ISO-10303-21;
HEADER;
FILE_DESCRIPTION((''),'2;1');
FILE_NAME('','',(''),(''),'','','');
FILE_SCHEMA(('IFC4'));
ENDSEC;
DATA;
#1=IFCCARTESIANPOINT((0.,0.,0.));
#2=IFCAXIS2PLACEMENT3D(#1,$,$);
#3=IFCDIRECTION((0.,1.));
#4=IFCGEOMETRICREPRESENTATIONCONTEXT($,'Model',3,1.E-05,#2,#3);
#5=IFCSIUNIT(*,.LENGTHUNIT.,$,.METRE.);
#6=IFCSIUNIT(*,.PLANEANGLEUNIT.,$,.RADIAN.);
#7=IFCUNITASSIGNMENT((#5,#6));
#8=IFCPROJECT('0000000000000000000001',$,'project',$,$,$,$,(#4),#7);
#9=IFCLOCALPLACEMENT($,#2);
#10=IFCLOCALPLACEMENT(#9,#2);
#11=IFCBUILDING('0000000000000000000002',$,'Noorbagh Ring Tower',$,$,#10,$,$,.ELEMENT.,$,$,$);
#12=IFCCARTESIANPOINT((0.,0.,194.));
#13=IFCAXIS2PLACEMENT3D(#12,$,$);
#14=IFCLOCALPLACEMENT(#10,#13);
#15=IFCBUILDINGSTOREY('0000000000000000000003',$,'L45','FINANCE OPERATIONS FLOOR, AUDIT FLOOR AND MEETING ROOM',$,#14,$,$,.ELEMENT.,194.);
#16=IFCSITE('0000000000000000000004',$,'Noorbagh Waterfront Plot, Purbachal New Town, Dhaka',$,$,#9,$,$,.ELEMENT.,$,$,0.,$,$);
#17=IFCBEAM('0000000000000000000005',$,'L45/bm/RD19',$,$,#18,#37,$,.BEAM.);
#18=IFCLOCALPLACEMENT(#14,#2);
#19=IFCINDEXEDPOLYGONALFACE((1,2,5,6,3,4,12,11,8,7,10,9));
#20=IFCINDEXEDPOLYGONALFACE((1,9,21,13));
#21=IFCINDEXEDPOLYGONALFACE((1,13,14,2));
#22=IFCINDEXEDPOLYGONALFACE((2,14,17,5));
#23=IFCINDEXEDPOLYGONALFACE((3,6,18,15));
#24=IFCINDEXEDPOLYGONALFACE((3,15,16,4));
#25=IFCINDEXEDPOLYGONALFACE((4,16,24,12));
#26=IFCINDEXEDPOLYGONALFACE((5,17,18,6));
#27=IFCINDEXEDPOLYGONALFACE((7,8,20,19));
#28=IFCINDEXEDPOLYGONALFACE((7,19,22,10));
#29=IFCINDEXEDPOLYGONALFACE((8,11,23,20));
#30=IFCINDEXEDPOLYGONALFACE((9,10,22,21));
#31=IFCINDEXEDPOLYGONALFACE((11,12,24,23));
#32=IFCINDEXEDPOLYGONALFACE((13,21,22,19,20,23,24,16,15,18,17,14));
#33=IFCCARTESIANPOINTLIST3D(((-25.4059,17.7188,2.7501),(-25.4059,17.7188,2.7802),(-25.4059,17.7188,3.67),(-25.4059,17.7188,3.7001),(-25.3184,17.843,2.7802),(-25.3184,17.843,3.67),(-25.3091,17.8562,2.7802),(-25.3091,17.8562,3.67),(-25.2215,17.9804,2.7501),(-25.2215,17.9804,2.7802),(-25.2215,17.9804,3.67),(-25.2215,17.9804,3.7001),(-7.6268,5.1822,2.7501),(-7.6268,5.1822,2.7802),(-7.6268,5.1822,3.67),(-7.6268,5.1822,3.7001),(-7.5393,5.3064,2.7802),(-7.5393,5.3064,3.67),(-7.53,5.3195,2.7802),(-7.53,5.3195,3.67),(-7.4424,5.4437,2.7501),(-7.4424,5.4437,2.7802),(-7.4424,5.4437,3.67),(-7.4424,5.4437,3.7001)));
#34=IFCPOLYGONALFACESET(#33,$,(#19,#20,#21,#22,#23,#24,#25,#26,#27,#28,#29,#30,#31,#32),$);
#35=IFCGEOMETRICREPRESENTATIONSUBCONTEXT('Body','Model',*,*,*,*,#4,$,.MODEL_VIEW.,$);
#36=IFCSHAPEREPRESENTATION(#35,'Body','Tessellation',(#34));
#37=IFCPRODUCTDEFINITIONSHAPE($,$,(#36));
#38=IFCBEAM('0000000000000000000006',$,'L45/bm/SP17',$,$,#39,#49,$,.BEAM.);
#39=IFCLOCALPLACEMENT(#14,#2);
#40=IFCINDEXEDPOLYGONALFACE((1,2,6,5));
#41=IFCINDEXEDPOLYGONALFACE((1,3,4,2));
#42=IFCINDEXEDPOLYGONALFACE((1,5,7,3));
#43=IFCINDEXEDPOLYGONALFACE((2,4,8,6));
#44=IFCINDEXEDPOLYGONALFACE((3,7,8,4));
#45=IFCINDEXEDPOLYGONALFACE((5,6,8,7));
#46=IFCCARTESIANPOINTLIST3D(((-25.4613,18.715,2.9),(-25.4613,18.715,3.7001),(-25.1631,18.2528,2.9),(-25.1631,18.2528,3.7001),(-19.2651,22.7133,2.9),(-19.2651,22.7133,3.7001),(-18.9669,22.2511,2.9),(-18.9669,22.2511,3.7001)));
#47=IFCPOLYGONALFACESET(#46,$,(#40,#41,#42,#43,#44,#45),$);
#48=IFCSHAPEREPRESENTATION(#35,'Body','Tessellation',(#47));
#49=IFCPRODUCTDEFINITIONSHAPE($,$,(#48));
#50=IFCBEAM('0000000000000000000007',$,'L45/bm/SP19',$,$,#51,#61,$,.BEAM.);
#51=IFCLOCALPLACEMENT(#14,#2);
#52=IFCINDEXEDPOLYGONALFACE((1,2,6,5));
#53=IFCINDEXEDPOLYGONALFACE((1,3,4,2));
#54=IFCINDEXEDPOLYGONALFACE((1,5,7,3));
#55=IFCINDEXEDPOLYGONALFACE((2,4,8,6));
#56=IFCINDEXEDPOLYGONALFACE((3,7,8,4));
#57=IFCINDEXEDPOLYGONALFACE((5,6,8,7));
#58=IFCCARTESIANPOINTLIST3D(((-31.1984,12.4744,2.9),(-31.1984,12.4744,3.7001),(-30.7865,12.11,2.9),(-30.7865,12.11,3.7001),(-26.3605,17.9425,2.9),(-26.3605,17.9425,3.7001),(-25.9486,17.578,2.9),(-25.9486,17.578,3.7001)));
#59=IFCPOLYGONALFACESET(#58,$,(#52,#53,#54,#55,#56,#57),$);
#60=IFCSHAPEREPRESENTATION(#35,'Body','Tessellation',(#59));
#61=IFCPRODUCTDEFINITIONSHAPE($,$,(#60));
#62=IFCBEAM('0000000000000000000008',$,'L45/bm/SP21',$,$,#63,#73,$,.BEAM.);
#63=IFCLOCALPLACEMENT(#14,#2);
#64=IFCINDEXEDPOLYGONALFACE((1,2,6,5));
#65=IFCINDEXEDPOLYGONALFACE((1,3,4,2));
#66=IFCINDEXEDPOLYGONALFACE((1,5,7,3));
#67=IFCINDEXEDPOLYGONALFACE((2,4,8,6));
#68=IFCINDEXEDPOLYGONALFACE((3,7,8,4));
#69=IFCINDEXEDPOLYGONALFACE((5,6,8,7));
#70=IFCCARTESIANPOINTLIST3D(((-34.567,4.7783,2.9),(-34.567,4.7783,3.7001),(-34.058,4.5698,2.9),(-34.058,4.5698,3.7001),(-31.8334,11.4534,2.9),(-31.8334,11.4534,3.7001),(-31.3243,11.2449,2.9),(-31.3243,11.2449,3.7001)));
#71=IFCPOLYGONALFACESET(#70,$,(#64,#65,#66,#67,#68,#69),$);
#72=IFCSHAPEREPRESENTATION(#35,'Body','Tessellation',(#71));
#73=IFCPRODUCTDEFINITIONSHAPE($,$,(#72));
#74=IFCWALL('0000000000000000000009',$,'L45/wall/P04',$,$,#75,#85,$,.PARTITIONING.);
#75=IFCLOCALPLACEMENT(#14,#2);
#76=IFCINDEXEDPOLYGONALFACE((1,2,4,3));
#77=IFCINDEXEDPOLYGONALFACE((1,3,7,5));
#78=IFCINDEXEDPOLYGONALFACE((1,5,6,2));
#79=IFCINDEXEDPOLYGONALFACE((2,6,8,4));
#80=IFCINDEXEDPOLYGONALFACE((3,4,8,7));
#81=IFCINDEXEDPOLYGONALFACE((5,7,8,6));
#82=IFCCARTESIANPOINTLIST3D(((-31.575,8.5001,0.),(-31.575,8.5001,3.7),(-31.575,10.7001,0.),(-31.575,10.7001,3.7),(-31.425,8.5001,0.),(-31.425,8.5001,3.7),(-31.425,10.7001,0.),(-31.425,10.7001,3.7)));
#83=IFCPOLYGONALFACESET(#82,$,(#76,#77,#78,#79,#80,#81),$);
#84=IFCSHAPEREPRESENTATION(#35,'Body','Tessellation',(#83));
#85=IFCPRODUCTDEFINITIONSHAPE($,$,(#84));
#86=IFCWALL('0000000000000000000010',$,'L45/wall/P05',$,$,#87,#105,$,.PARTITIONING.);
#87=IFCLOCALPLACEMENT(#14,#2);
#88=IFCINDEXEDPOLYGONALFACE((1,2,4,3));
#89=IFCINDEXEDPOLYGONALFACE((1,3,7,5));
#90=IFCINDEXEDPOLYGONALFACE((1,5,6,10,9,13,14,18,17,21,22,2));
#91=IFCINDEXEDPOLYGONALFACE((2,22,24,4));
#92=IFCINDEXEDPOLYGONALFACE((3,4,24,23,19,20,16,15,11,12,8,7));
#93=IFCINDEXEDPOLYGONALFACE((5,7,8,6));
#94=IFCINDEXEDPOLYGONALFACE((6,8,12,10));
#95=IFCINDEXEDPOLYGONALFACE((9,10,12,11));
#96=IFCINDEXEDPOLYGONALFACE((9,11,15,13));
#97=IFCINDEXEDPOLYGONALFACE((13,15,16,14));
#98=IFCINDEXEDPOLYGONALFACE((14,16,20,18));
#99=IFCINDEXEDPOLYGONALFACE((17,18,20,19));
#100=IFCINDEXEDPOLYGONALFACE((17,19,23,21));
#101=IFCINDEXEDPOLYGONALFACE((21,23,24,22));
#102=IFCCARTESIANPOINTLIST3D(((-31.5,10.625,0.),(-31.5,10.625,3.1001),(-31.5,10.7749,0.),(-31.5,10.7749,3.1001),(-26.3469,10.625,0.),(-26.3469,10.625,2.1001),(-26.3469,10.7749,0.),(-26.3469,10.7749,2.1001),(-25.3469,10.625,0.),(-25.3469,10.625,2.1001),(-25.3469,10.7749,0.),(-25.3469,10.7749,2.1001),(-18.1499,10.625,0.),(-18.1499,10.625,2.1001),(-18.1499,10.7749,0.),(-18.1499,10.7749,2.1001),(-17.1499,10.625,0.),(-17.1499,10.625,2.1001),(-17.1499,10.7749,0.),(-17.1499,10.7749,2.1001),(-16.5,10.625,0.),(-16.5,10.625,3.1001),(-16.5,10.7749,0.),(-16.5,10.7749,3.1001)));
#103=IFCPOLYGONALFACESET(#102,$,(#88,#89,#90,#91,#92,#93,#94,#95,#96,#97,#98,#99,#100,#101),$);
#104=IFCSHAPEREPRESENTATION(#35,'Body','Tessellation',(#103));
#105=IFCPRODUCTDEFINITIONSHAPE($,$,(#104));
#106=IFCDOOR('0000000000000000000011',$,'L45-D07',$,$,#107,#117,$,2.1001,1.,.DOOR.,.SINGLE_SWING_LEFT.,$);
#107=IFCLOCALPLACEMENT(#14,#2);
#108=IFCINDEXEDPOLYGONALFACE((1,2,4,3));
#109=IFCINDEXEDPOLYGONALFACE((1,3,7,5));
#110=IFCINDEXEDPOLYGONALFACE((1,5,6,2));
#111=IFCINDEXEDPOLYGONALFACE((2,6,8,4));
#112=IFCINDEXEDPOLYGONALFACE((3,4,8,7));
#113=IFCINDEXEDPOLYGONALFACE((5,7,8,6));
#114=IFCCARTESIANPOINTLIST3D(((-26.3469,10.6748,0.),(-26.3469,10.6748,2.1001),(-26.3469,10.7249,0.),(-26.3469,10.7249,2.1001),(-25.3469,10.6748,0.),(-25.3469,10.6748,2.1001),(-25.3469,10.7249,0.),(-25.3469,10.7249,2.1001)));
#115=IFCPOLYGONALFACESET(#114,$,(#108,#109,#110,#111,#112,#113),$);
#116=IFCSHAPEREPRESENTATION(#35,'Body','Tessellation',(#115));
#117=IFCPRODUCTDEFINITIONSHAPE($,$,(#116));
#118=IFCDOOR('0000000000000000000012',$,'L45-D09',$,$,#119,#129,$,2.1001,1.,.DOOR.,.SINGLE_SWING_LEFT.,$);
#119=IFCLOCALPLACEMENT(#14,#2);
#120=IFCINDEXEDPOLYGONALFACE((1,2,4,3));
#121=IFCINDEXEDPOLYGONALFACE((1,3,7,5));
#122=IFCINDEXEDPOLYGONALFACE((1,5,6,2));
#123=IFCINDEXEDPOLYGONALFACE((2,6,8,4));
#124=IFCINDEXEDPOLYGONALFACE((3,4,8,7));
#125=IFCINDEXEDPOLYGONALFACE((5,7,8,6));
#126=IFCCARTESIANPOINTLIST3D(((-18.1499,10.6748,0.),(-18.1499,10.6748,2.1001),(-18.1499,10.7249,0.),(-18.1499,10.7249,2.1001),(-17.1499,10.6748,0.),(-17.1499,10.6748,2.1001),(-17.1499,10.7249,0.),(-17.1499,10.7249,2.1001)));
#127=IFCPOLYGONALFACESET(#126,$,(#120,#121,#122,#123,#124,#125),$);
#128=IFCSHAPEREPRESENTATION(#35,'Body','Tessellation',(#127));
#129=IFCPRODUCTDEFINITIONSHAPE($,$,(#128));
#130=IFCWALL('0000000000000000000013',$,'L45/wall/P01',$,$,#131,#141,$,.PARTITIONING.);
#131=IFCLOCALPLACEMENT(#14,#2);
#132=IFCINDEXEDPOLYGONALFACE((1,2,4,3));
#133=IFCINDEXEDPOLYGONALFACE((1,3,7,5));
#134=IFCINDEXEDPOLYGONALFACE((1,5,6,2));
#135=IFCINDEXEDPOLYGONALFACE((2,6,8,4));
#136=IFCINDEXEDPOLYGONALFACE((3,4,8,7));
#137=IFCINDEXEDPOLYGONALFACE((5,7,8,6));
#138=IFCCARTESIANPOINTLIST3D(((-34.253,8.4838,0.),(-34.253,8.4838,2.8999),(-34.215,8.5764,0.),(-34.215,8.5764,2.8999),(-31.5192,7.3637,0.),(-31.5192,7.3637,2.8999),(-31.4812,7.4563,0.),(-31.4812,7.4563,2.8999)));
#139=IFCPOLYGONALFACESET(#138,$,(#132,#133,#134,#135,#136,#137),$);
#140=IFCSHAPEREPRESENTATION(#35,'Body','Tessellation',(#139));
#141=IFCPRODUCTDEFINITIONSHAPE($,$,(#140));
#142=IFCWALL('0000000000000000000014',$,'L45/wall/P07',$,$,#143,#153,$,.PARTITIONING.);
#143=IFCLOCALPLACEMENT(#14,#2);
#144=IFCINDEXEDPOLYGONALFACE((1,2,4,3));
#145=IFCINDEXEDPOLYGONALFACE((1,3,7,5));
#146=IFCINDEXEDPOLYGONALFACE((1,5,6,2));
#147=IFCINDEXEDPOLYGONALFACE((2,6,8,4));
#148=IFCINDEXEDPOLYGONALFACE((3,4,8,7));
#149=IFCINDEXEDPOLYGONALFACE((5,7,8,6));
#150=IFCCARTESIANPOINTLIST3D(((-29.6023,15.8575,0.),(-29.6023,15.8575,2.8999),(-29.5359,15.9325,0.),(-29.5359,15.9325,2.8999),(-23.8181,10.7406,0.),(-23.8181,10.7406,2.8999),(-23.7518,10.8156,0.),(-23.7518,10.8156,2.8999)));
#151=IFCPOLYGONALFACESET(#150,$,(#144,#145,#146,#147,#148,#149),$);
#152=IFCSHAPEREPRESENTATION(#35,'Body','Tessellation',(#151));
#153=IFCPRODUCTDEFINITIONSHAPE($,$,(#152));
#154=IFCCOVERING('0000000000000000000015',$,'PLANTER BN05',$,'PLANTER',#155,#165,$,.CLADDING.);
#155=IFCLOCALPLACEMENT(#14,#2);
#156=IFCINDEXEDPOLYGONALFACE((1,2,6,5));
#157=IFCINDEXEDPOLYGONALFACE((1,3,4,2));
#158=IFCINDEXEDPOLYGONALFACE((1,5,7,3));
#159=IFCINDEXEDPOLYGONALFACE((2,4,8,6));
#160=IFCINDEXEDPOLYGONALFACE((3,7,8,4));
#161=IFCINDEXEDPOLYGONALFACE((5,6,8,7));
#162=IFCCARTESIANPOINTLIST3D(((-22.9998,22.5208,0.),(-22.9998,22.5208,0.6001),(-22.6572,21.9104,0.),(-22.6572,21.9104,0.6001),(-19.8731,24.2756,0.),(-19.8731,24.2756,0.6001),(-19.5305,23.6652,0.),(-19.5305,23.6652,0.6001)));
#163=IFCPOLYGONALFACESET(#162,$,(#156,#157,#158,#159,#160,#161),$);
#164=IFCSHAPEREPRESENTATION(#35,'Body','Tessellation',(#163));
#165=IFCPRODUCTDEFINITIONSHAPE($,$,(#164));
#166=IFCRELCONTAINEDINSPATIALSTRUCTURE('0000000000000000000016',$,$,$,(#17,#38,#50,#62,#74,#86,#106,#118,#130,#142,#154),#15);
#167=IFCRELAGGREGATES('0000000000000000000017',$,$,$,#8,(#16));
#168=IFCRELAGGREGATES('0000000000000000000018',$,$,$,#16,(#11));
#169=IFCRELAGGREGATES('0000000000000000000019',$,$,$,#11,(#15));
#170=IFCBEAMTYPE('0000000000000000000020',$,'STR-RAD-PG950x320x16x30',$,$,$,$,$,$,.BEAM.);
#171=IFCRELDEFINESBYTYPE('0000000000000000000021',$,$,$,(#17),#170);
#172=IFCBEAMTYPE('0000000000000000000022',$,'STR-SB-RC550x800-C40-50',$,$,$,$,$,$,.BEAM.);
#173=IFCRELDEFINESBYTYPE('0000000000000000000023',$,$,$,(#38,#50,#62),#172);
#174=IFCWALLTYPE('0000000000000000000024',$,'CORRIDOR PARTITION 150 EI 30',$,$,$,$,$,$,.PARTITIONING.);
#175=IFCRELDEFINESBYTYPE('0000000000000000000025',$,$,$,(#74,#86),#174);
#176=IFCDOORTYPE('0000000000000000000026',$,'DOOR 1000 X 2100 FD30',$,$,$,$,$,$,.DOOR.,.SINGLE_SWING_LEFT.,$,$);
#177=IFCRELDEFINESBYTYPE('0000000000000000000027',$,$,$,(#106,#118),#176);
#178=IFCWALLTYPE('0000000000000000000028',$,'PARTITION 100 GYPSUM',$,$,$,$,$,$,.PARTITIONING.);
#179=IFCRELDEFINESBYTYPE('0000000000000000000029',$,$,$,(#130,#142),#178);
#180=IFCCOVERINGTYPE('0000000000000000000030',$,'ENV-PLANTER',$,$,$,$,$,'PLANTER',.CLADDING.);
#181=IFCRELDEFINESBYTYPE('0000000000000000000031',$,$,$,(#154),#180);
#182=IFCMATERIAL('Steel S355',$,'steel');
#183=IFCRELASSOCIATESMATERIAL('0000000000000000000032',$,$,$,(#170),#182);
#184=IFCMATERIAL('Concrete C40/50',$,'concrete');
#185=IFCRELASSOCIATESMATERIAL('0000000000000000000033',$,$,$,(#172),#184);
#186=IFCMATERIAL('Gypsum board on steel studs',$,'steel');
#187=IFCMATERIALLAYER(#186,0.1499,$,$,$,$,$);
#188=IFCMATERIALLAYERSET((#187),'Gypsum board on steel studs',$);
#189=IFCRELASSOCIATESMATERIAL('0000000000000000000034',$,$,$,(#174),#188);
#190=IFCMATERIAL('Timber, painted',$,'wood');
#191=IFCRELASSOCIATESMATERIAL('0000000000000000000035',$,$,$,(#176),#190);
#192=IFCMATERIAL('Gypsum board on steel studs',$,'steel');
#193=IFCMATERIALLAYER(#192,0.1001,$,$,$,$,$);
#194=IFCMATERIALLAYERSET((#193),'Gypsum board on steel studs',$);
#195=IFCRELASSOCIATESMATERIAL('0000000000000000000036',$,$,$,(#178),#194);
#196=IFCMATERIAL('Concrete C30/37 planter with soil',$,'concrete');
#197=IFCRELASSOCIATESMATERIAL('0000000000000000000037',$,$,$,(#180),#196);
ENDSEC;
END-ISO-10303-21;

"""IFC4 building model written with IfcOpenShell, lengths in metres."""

from ifc_helpers import new_model, si_unit, direction, frame, frame_2d, origin, origin_2d, place, context, subcontext, project, spatial, rectangle, i_section, extrude, material, layer, layer_set, material_profile, profile_set, type_object, element, fill, save


model = new_model("IFC4")

# Units and contexts
model_context = context("Model", 3, precision=1e-05, world=origin(), true_north=direction((0.0, 1.0)))
body_context = subcontext(model_context, "Body", "Model", "MODEL_VIEW")
ifc_project = project(units=[si_unit("LENGTHUNIT", "METRE"), si_unit("PLANEANGLEUNIT", "RADIAN")], contexts=[model_context])

# Site, building, storey
site_placement = place(None, origin())
site = spatial("IfcSite", under=ifc_project, at=site_placement, Name="Noorbagh Waterfront Plot, Purbachal New Town, Dhaka", CompositionType="ELEMENT", RefElevation=0.0)
building_placement = place(site_placement, origin())
building = spatial("IfcBuilding", under=site, at=building_placement, Name="Noorbagh Ring Tower", CompositionType="ELEMENT")
storey_placement = place(building_placement, frame((0.0, 0.0, 194.0)))
storey = spatial("IfcBuildingStorey", under=building, at=storey_placement, Name="L45", Description="FINANCE OPERATIONS FLOOR, AUDIT FLOOR AND MEETING ROOM", CompositionType="ELEMENT", Elevation=194.0)

# Beams
ifc_material_1 = material(Name="Steel S355", Category="steel")
ifc_material_profile_1 = material_profile(ifc_material_1, i_section(OverallWidth=0.3201, OverallDepth=0.95, WebThickness=0.0161, FlangeThickness=0.03, at=origin_2d()), Name="PG950x320x16x30")
ifc_profile_set_1 = profile_set([ifc_material_profile_1], Name="Steel S355")
beam_type_1 = type_object("IfcBeamType", Name="STR-RAD-PG950x320x16x30", PredefinedType="BEAM", material=ifc_profile_set_1)
beam_1_placement = place(storey_placement, frame((-25.3137, 17.8496, 3.2251), z_axis=(0.817256, -0.576275, 0.0), x_axis=(0.576275, 0.817256, 0.0)))
element("IfcBeam", 1, at=beam_1_placement, inside=storey, type_object=beam_type_1, Name="L45/bm/RD19", PredefinedType="BEAM", context=body_context, shape_type="SweptSolid", body=[
    extrude(i_section(OverallWidth=0.3201, OverallDepth=0.95, WebThickness=0.0161, FlangeThickness=0.03, at=origin_2d()), origin(), (0.0, 0.0, 1.0), 21.7546),
])
ifc_material_2 = material(Name="Concrete C40/50", Category="concrete")
ifc_material_profile_2 = material_profile(ifc_material_2, rectangle(XDim=0.55, YDim=0.8, at=origin_2d()), Name="RC550x800")
ifc_profile_set_2 = profile_set([ifc_material_profile_2], Name="Concrete C40/50")
beam_type_2 = type_object("IfcBeamType", Name="STR-SB-RC550x800-C40-50", PredefinedType="BEAM", material=ifc_profile_set_2)
beam_2_placement = place(storey_placement, frame((-19.116, 22.4822, 3.3), z_axis=(-0.840254, -0.542192, 0.0), x_axis=(0.542192, -0.840254, 0.0)))
element("IfcBeam", 2, at=beam_2_placement, inside=storey, type_object=beam_type_2, Name="L45/bm/SP17", PredefinedType="BEAM", context=body_context, shape_type="SweptSolid", body=[
    extrude(rectangle(XDim=0.55, YDim=0.8, at=origin_2d()), origin(), (0.0, 0.0, 1.0), 7.3743),
])
beam_3_placement = place(storey_placement, frame((-26.1545, 17.7603, 3.3), z_axis=(-0.662635, -0.748942, 0.0), x_axis=(0.748942, -0.662635, 0.0)))
element("IfcBeam", 3, at=beam_3_placement, inside=storey, type_object=beam_type_2, Name="L45/bm/SP19", PredefinedType="BEAM", context=body_context, shape_type="SweptSolid", body=[
    extrude(rectangle(XDim=0.55, YDim=0.8, at=origin_2d()), origin(), (0.0, 0.0, 1.0), 7.301),
])
beam_4_placement = place(storey_placement, frame((-31.5789, 11.3491, 3.3), z_axis=(-0.378982, -0.925404, 0.0), x_axis=(0.925404, -0.378982, 0.0)))
element("IfcBeam", 4, at=beam_4_placement, inside=storey, type_object=beam_type_2, Name="L45/bm/SP21", PredefinedType="BEAM", context=body_context, shape_type="SweptSolid", body=[
    extrude(rectangle(XDim=0.55, YDim=0.8, at=origin_2d()), origin(), (0.0, 0.0, 1.0), 7.2131),
])

# Wall
ifc_material_3 = material(Name="Gypsum board on steel studs", Category="steel")
ifc_layer_1 = layer(ifc_material_3, 0.1499)
ifc_layer_set_1 = layer_set([ifc_layer_1], Name="Gypsum board on steel studs")
wall_type_1 = type_object("IfcWallType", Name="CORRIDOR PARTITION 150 EI 30", PredefinedType="PARTITIONING", material=ifc_layer_set_1)
wall_1_placement = place(storey_placement, frame((-31.5, 8.5, 0.0), z_axis=(0.0, 0.0, 1.0), x_axis=(0.0, 1.0, 0.0)))
element("IfcWall", 5, at=wall_1_placement, inside=storey, type_object=wall_type_1, Name="L45/wall/P04", PredefinedType="PARTITIONING", context=body_context, shape_type="SweptSolid", body=[
    extrude(rectangle(XDim=2.2, YDim=0.1499, at=frame_2d((1.1001, 0.0))), origin(), (0.0, 0.0, 1.0), 3.7),
])

# Wall, openings, doors
wall_2_placement = place(storey_placement, frame((-31.5, 10.7, 0.0), z_axis=(0.0, 0.0, 1.0), x_axis=(1.0, 0.0, 0.0)))
wall_2 = element("IfcWall", 6, at=wall_2_placement, inside=storey, type_object=wall_type_1, Name="L45/wall/P05", PredefinedType="PARTITIONING", context=body_context, shape_type="SweptSolid", body=[
    extrude(rectangle(XDim=15.0, YDim=0.1499, at=frame_2d((7.5, 0.0))), origin(), (0.0, 0.0, 1.0), 3.1001),
])
opening_1_placement = place(wall_2_placement, frame((5.1531, 0.0, 0.0)))
opening_1 = element("IfcOpeningElement", 7, at=opening_1_placement, cuts=wall_2, PredefinedType="OPENING", context=body_context, shape_type="SweptSolid", body=[
    extrude(rectangle(XDim=1.0, YDim=2.1001, at=frame_2d((0.5, 1.05))), frame((0.0, 0.085, 0.0), z_axis=(0.0, -1.0, 0.0), x_axis=(1.0, 0.0, 0.0)), (0.0, 0.0, 1.0), 0.1699),
])
opening_2_placement = place(wall_2_placement, frame((13.3501, 0.0, 0.0)))
opening_2 = element("IfcOpeningElement", 8, at=opening_2_placement, cuts=wall_2, PredefinedType="OPENING", context=body_context, shape_type="SweptSolid", body=[
    extrude(rectangle(XDim=1.0, YDim=2.1001, at=frame_2d((0.5, 1.05))), frame((0.0, 0.085, 0.0), z_axis=(0.0, -1.0, 0.0), x_axis=(1.0, 0.0, 0.0)), (0.0, 0.0, 1.0), 0.1699),
])
ifc_material_4 = material(Name="Timber, painted", Category="wood")
door_type = type_object("IfcDoorType", Name="DOOR 1000 X 2100 FD30", OperationType="SINGLE_SWING_LEFT", PredefinedType="DOOR", material=ifc_material_4)
door_1_placement = place(opening_1_placement, origin())
door_1 = element("IfcDoor", 9, at=door_1_placement, inside=storey, type_object=door_type, Name="L45-D07", OperationType="SINGLE_SWING_LEFT", OverallHeight=2.1001, OverallWidth=1.0, PredefinedType="DOOR", context=body_context, shape_type="SweptSolid", body=[
    extrude(rectangle(XDim=1.0, YDim=2.1001, at=frame_2d((0.5, 1.05))), frame((0.0, 0.0249, 0.0), z_axis=(0.0, -1.0, 0.0), x_axis=(1.0, 0.0, 0.0)), (0.0, 0.0, 1.0), 0.05),
])
fill(opening_1, door_1)
door_2_placement = place(opening_2_placement, origin())
door_2 = element("IfcDoor", 10, at=door_2_placement, inside=storey, type_object=door_type, Name="L45-D09", OperationType="SINGLE_SWING_LEFT", OverallHeight=2.1001, OverallWidth=1.0, PredefinedType="DOOR", context=body_context, shape_type="SweptSolid", body=[
    extrude(rectangle(XDim=1.0, YDim=2.1001, at=frame_2d((0.5, 1.05))), frame((0.0, 0.0249, 0.0), z_axis=(0.0, -1.0, 0.0), x_axis=(1.0, 0.0, 0.0)), (0.0, 0.0, 1.0), 0.05),
])
fill(opening_2, door_2)

# Walls
ifc_material_5 = material(Name="Gypsum board on steel studs", Category="steel")
ifc_layer_2 = layer(ifc_material_5, 0.1001)
ifc_layer_set_2 = layer_set([ifc_layer_2], Name="Gypsum board on steel studs")
wall_type_2 = type_object("IfcWallType", Name="PARTITION 100 GYPSUM", PredefinedType="PARTITIONING", material=ifc_layer_set_2)
wall_3_placement = place(storey_placement, frame((-34.2339, 8.53, 0.0), z_axis=(0.0, 0.0, 1.0), x_axis=(0.925344, -0.379128, 0.0)))
element("IfcWall", 11, at=wall_3_placement, inside=storey, type_object=wall_type_2, Name="L45/wall/P01", PredefinedType="PARTITIONING", context=body_context, shape_type="SweptSolid", body=[
    extrude(rectangle(XDim=2.9543, YDim=0.1001, at=frame_2d((1.4771, 0.0))), origin(), (0.0, 0.0, 1.0), 2.8999),
])
wall_4_placement = place(storey_placement, frame((-29.5691, 15.895, 0.0), z_axis=(0.0, 0.0, 1.0), x_axis=(0.748986, -0.662586, 0.0)))
element("IfcWall", 12, at=wall_4_placement, inside=storey, type_object=wall_type_2, Name="L45/wall/P07", PredefinedType="PARTITIONING", context=body_context, shape_type="SweptSolid", body=[
    extrude(rectangle(XDim=7.7227, YDim=0.1001, at=frame_2d((3.8613, 0.0))), origin(), (0.0, 0.0, 1.0), 2.8999),
])

# Covering
ifc_material_6 = material(Name="Concrete C30/37 planter with soil", Category="concrete")
covering_type = type_object("IfcCoveringType", Name="ENV-PLANTER", ElementType="PLANTER", PredefinedType="CLADDING", material=ifc_material_6)
covering_placement = place(storey_placement, frame((-21.2651, 23.093, 0.0), z_axis=(0.0, 0.0, 1.0), x_axis=(-0.872045, -0.489426, 0.0)))
element("IfcCovering", 13, at=covering_placement, inside=storey, type_object=covering_type, Name="PLANTER BN05", ObjectType="PLANTER", PredefinedType="CLADDING", context=body_context, shape_type="SweptSolid", body=[
    extrude(rectangle(XDim=3.5854, YDim=0.7, at=origin_2d()), origin(), (0.0, 0.0, 1.0), 0.6001),
])

save(model, "model.ifc")
